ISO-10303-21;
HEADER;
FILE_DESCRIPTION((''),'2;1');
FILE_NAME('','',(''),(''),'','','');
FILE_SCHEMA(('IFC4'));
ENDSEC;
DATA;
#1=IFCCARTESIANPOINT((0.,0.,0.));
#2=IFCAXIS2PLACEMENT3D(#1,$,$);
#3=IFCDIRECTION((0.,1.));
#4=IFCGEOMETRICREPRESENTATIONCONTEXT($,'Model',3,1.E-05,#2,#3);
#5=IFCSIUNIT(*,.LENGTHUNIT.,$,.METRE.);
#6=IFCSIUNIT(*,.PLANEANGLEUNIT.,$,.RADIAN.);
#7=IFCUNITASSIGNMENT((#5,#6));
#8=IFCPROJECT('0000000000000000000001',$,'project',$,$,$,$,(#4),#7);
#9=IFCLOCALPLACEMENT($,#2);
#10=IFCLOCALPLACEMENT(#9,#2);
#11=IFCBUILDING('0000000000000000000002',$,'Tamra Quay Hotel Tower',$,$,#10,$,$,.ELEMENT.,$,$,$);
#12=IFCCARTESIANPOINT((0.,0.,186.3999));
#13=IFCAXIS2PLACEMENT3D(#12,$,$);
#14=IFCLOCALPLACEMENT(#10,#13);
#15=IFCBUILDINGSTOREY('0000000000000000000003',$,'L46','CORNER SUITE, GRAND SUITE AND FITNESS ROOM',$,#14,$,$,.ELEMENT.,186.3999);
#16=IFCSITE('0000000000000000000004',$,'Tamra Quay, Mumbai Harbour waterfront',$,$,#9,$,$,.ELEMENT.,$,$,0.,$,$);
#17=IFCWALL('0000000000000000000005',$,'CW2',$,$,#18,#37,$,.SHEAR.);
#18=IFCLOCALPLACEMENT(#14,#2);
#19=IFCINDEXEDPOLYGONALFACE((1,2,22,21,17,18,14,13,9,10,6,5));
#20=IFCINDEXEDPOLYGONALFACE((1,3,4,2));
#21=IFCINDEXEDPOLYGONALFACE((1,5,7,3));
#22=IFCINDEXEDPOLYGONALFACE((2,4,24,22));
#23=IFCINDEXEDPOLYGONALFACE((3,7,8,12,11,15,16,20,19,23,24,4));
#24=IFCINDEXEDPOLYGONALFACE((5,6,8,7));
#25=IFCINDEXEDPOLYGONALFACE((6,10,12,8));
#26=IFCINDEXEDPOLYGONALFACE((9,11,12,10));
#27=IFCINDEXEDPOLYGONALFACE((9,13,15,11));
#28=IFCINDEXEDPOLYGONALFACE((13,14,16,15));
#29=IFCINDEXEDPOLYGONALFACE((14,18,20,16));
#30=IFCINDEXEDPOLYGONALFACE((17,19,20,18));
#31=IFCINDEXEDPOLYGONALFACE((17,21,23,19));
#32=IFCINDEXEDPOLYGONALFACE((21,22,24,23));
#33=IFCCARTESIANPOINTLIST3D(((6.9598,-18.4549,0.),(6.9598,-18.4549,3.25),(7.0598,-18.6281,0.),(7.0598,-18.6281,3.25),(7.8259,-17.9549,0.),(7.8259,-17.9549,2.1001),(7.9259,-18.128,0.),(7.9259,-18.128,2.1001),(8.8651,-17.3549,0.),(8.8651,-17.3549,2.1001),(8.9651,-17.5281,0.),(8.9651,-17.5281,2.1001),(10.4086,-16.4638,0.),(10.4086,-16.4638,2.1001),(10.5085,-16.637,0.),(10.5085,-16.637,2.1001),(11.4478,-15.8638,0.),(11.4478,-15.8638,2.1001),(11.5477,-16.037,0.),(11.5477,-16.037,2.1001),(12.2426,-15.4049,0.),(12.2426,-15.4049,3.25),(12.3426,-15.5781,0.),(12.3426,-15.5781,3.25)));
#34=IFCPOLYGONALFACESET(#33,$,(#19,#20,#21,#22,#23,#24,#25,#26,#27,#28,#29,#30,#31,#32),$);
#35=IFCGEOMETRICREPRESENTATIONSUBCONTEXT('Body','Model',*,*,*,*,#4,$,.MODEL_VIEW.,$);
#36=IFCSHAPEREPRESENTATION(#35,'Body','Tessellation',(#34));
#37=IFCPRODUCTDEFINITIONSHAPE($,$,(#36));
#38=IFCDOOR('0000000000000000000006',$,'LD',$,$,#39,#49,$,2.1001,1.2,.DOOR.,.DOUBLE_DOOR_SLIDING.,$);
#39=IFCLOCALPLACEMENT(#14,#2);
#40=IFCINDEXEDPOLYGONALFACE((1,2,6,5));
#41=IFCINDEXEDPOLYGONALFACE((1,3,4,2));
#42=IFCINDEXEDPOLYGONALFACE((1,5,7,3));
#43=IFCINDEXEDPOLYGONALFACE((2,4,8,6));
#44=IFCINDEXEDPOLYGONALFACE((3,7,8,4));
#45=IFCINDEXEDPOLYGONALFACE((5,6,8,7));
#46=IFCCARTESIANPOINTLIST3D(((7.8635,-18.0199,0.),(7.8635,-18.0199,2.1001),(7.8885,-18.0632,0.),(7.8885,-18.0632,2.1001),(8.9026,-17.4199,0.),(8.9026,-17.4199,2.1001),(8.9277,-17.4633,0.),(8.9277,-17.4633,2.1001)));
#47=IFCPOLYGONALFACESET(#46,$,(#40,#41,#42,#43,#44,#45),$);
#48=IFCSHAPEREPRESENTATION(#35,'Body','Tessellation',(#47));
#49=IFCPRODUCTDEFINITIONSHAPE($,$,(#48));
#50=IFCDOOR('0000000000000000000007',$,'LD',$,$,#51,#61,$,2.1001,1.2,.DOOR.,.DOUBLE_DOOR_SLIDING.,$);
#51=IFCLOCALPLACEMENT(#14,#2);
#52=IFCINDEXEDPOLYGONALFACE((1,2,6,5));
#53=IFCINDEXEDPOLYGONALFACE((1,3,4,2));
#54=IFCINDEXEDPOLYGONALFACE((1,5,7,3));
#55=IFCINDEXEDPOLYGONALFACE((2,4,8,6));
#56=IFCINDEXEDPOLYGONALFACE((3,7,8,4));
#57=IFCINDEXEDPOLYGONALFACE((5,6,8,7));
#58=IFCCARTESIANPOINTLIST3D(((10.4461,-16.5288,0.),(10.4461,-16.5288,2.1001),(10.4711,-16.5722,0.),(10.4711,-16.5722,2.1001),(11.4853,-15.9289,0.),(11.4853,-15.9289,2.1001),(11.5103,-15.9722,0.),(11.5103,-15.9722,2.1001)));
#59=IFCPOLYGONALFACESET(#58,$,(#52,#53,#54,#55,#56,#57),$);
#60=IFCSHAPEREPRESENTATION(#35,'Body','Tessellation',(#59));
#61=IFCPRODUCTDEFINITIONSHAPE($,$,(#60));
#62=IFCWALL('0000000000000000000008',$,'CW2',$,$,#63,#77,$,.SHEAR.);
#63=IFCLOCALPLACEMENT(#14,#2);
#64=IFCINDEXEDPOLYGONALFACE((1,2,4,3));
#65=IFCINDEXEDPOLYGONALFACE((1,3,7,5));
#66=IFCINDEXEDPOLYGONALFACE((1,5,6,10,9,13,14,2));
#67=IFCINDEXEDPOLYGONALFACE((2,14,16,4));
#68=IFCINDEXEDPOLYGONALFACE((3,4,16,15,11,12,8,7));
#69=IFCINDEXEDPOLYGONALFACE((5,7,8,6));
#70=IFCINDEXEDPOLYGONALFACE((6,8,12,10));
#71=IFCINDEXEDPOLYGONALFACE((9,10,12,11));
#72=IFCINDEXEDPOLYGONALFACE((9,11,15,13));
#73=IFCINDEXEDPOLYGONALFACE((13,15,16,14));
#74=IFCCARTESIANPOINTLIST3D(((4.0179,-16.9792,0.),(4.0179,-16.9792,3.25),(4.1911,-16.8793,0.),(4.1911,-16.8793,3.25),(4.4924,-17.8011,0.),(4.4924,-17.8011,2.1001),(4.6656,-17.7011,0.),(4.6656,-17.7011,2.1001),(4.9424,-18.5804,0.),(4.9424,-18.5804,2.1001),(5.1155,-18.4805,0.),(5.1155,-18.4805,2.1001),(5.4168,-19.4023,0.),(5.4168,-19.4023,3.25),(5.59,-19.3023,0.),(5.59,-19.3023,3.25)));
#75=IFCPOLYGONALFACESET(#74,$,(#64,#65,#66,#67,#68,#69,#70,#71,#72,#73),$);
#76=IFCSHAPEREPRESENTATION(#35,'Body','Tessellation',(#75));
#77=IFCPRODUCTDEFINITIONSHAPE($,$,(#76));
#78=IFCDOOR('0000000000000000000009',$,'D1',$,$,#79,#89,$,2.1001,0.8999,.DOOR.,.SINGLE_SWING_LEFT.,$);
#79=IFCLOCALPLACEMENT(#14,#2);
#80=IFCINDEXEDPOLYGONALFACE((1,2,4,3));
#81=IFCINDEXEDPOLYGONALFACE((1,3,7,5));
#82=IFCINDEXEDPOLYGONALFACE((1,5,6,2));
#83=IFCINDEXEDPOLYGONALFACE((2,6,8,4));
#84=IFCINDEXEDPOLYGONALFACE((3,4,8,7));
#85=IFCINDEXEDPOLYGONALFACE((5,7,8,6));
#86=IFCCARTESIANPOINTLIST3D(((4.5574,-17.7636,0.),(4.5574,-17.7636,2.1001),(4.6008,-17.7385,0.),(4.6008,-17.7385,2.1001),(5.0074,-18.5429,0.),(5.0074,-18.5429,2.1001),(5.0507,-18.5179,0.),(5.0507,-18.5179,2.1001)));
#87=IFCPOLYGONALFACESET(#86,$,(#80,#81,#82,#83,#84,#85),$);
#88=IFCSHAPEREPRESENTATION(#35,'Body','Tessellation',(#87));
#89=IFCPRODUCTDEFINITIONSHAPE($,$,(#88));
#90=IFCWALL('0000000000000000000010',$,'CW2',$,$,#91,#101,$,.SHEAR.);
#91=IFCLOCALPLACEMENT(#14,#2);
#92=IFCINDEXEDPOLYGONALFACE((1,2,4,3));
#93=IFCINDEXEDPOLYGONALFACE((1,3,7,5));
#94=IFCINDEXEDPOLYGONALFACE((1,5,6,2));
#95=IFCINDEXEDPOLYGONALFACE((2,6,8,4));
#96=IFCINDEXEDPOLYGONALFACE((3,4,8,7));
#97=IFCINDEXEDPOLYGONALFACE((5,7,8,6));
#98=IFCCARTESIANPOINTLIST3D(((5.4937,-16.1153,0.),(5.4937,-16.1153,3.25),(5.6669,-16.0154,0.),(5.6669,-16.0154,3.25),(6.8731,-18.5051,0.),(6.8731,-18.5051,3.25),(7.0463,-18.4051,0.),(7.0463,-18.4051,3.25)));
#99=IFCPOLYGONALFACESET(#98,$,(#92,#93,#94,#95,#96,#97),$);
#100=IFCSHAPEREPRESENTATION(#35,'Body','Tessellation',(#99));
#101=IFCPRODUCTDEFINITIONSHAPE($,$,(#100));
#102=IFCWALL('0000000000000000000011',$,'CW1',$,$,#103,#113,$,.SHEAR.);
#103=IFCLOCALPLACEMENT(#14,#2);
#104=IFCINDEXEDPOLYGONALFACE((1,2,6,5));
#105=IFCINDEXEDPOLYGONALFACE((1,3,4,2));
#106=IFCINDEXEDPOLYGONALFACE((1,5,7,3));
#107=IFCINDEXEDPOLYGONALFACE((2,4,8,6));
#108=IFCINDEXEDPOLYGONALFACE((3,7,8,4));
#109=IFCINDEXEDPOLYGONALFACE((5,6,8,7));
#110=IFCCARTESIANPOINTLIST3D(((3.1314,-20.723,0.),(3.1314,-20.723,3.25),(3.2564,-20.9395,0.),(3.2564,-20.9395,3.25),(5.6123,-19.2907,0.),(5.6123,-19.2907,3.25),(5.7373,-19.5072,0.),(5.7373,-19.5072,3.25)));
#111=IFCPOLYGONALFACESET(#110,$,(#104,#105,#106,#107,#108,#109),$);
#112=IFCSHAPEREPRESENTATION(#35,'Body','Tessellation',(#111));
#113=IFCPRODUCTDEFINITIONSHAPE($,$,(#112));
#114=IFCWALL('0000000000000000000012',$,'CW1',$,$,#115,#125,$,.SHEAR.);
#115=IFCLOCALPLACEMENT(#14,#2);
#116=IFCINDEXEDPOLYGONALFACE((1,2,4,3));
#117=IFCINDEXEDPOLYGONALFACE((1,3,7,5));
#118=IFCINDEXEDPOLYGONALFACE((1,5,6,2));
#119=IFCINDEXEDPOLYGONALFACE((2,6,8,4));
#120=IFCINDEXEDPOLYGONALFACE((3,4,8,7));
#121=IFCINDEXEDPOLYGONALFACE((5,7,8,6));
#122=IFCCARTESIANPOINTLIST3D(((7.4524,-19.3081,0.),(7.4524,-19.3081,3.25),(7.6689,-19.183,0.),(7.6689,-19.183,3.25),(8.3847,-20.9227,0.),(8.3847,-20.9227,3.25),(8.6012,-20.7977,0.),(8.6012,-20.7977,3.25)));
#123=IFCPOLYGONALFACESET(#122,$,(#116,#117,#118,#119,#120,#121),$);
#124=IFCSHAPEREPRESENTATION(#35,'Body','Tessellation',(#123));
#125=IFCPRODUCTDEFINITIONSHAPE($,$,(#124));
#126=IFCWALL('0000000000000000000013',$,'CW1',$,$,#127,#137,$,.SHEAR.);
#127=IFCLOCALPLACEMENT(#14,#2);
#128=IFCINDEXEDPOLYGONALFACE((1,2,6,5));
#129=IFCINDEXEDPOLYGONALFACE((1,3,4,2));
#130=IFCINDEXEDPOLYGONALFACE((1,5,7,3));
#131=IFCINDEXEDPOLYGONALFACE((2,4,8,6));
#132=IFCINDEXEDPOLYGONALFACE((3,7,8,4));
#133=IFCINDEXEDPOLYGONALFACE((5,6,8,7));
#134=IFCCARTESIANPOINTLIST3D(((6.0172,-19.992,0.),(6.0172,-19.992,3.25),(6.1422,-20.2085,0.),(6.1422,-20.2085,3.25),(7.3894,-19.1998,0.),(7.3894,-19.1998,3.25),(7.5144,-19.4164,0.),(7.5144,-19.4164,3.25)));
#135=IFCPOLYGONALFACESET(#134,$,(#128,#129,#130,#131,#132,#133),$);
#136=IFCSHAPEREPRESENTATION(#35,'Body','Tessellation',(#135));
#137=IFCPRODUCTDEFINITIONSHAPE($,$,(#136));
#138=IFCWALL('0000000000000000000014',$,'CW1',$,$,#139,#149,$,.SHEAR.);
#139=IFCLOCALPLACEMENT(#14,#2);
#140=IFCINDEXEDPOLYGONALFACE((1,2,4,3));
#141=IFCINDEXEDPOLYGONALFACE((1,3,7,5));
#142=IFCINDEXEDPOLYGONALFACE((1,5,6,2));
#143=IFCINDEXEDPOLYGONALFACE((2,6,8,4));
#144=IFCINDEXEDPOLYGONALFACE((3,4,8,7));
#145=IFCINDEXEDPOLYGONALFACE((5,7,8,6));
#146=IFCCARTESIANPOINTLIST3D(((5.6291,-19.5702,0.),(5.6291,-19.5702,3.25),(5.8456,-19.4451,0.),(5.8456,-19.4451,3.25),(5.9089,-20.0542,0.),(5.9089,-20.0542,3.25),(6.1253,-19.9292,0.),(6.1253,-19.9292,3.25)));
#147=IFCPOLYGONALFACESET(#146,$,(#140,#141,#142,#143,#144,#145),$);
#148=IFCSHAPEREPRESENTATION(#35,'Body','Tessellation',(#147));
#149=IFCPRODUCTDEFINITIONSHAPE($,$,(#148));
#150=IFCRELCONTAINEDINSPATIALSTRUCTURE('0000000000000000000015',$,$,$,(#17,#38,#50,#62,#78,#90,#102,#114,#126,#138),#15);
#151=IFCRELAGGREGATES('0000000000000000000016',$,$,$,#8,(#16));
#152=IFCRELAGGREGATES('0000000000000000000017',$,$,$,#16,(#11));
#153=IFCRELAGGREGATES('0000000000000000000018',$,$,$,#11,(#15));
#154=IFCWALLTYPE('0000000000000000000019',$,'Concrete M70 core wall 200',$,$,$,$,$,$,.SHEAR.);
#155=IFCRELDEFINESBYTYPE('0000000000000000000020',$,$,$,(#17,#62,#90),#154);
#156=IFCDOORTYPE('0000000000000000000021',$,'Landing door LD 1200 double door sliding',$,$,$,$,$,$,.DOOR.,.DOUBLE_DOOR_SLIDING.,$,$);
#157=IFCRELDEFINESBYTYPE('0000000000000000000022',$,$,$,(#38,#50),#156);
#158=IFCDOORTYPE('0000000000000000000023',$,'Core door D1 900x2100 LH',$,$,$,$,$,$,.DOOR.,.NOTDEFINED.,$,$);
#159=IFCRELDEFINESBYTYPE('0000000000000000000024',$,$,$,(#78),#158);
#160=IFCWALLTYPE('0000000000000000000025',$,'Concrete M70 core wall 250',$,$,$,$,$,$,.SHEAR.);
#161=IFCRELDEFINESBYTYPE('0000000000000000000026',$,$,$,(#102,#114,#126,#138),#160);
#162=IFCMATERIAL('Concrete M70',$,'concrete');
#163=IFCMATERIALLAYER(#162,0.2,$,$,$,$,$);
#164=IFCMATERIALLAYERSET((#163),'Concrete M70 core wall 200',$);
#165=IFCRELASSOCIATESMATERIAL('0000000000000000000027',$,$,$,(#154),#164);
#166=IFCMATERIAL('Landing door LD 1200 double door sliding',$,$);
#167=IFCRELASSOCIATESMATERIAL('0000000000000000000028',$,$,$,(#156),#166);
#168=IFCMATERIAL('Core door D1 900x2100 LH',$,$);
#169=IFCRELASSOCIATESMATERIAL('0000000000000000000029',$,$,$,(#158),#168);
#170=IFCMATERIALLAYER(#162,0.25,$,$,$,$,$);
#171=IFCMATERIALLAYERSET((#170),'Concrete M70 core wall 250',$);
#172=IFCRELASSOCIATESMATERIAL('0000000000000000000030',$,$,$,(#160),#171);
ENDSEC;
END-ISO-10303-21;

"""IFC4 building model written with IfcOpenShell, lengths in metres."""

from ifc_helpers import new_model, si_unit, direction, frame, frame_2d, origin, place, context, subcontext, project, spatial, rectangle, extrude, material, layer, layer_set, type_object, element, fill, save


model = new_model("IFC4")

# Units and contexts
model_context = context("Model", 3, precision=1e-05, world=origin(), true_north=direction((0.0, 1.0)))
body_context = subcontext(model_context, "Body", "Model", "MODEL_VIEW")
ifc_project = project(units=[si_unit("LENGTHUNIT", "METRE"), si_unit("PLANEANGLEUNIT", "RADIAN")], contexts=[model_context])

# Site, building, storey
site_placement = place(None, origin())
site = spatial("IfcSite", under=ifc_project, at=site_placement, Name="Tamra Quay, Mumbai Harbour waterfront", CompositionType="ELEMENT", RefElevation=0.0)
building_placement = place(site_placement, origin())
building = spatial("IfcBuilding", under=site, at=building_placement, Name="Tamra Quay Hotel Tower", CompositionType="ELEMENT")
storey_placement = place(building_placement, frame((0.0, 0.0, 186.3999)))
storey = spatial("IfcBuildingStorey", under=building, at=storey_placement, Name="L46", Description="CORNER SUITE, GRAND SUITE AND FITNESS ROOM", CompositionType="ELEMENT", Elevation=186.3999)

# Shared definitions
ifc_material_1 = material(Name="Concrete M70", Category="concrete")

# Wall, openings, doors
ifc_layer_1 = layer(ifc_material_1, 0.2)
ifc_layer_set_1 = layer_set([ifc_layer_1], Name="Concrete M70 core wall 200")
wall_type_1 = type_object("IfcWallType", Name="Concrete M70 core wall 200", PredefinedType="SHEAR", material=ifc_layer_set_1)
wall_1_placement = place(storey_placement, frame((7.0098, -18.5415, 0.0), z_axis=(0.0, 0.0, 1.0), x_axis=(0.86603, 0.499992, 0.0)))
wall_1 = element("IfcWall", 1, at=wall_1_placement, inside=storey, type_object=wall_type_1, Name="CW2", PredefinedType="SHEAR", context=body_context, shape_type="SweptSolid", body=[
    extrude(rectangle(XDim=6.1001, YDim=0.2, at=frame_2d((3.05, 0.0))), origin(), (0.0, 0.0, 1.0), 3.25),
])
opening_1_placement = place(wall_1_placement, frame((1.0, 0.0, 0.0)))
opening_1 = element("IfcOpeningElement", 2, at=opening_1_placement, cuts=wall_1, PredefinedType="OPENING", context=body_context, shape_type="SweptSolid", body=[
    extrude(rectangle(XDim=1.2, YDim=2.1001, at=frame_2d((0.6001, 1.05))), frame((0.0, 0.1099, 0.0), z_axis=(0.0, -1.0, 0.0), x_axis=(1.0, 0.0, 0.0)), (0.0, 0.0, 1.0), 0.22),
])
opening_2_placement = place(wall_1_placement, frame((3.9822, 0.0, 0.0)))
opening_2 = element("IfcOpeningElement", 3, at=opening_2_placement, cuts=wall_1, PredefinedType="OPENING", context=body_context, shape_type="SweptSolid", body=[
    extrude(rectangle(XDim=1.2, YDim=2.1001, at=frame_2d((0.6001, 1.05))), frame((0.0, 0.1099, 0.0), z_axis=(0.0, -1.0, 0.0), x_axis=(1.0, 0.0, 0.0)), (0.0, 0.0, 1.0), 0.22),
])
ifc_material_2 = material(Name="Landing door LD 1200 double door sliding")
door_type_1 = type_object("IfcDoorType", Name="Landing door LD 1200 double door sliding", OperationType="DOUBLE_DOOR_SLIDING", PredefinedType="DOOR", material=ifc_material_2)
door_1_placement = place(opening_1_placement, origin())
door_1 = element("IfcDoor", 4, at=door_1_placement, inside=storey, type_object=door_type_1, Name="LD", OperationType="DOUBLE_DOOR_SLIDING", OverallHeight=2.1001, OverallWidth=1.2, PredefinedType="DOOR", context=body_context, shape_type="SweptSolid", body=[
    extrude(rectangle(XDim=1.2, YDim=2.1001, at=frame_2d((0.6001, 1.05))), frame((0.0, 0.0249, 0.0), z_axis=(0.0, -1.0, 0.0), x_axis=(1.0, 0.0, 0.0)), (0.0, 0.0, 1.0), 0.05),
])
fill(opening_1, door_1)
door_2_placement = place(opening_2_placement, origin())
door_2 = element("IfcDoor", 5, at=door_2_placement, inside=storey, type_object=door_type_1, Name="LD", OperationType="DOUBLE_DOOR_SLIDING", OverallHeight=2.1001, OverallWidth=1.2, PredefinedType="DOOR", context=body_context, shape_type="SweptSolid", body=[
    extrude(rectangle(XDim=1.2, YDim=2.1001, at=frame_2d((0.6001, 1.05))), frame((0.0, 0.0249, 0.0), z_axis=(0.0, -1.0, 0.0), x_axis=(1.0, 0.0, 0.0)), (0.0, 0.0, 1.0), 0.05),
])
fill(opening_2, door_2)

# Wall, opening, door
wall_2_placement = place(storey_placement, frame((5.5034, -19.3523, 0.0), z_axis=(0.0, 0.0, 1.0), x_axis=(-0.499987, 0.866033, 0.0)))
wall_2 = element("IfcWall", 6, at=wall_2_placement, inside=storey, type_object=wall_type_1, Name="CW2", PredefinedType="SHEAR", context=body_context, shape_type="SweptSolid", body=[
    extrude(rectangle(XDim=2.7979, YDim=0.2, at=frame_2d((1.3989, 0.0))), origin(), (0.0, 0.0, 1.0), 3.25),
])
opening_3_placement = place(wall_2_placement, frame((0.949, 0.0, 0.0)))
opening_3 = element("IfcOpeningElement", 7, at=opening_3_placement, cuts=wall_2, PredefinedType="OPENING", context=body_context, shape_type="SweptSolid", body=[
    extrude(rectangle(XDim=0.8999, YDim=2.1001, at=frame_2d((0.45, 1.05))), frame((0.0, 0.1099, 0.0), z_axis=(0.0, -1.0, 0.0), x_axis=(1.0, 0.0, 0.0)), (0.0, 0.0, 1.0), 0.22),
])
ifc_material_3 = material(Name="Core door D1 900x2100 LH")
door_type_2 = type_object("IfcDoorType", Name="Core door D1 900x2100 LH", OperationType="NOTDEFINED", PredefinedType="DOOR", material=ifc_material_3)
door_3_placement = place(opening_3_placement, origin())
door_3 = element("IfcDoor", 8, at=door_3_placement, inside=storey, type_object=door_type_2, Name="D1", OperationType="SINGLE_SWING_LEFT", OverallHeight=2.1001, OverallWidth=0.8999, PredefinedType="DOOR", context=body_context, shape_type="SweptSolid", body=[
    extrude(rectangle(XDim=0.8999, YDim=2.1001, at=frame_2d((0.45, 1.05))), frame((0.0, 0.0249, 0.0), z_axis=(0.0, -1.0, 0.0), x_axis=(1.0, 0.0, 0.0)), (0.0, 0.0, 1.0), 0.05),
])
fill(opening_3, door_3)

# Walls
wall_3_placement = place(storey_placement, frame((6.9597, -18.4551, 0.0), z_axis=(0.0, 0.0, 1.0), x_axis=(-0.499927, 0.866068, 0.0)))
element("IfcWall", 9, at=wall_3_placement, inside=storey, type_object=wall_type_1, Name="CW2", PredefinedType="SHEAR", context=body_context, shape_type="SweptSolid", body=[
    extrude(rectangle(XDim=2.7593, YDim=0.2, at=frame_2d((1.3796, 0.0))), origin(), (0.0, 0.0, 1.0), 3.25),
])
ifc_layer_2 = layer(ifc_material_1, 0.25)
ifc_layer_set_2 = layer_set([ifc_layer_2], Name="Concrete M70 core wall 250")
wall_type_2 = type_object("IfcWallType", Name="Concrete M70 core wall 250", PredefinedType="SHEAR", material=ifc_layer_set_2)
wall_4_placement = place(storey_placement, frame((5.6748, -19.3989, 0.0), z_axis=(0.0, 0.0, 1.0), x_axis=(-0.866027, -0.499998, 0.0)))
element("IfcWall", 10, at=wall_4_placement, inside=storey, type_object=wall_type_2, Name="CW1", PredefinedType="SHEAR", context=body_context, shape_type="SweptSolid", body=[
    extrude(rectangle(XDim=2.8647, YDim=0.25, at=frame_2d((1.4324, 0.0))), origin(), (0.0, 0.0, 1.0), 3.25),
])
wall_5_placement = place(storey_placement, frame((8.4929, -20.8601, 0.0), z_axis=(0.0, 0.0, 1.0), x_axis=(-0.50004, 0.866002, 0.0)))
element("IfcWall", 11, at=wall_5_placement, inside=storey, type_object=wall_type_2, Name="CW1", PredefinedType="SHEAR", context=body_context, shape_type="SweptSolid", body=[
    extrude(rectangle(XDim=1.8645, YDim=0.25, at=frame_2d((0.9321, 0.0))), origin(), (0.0, 0.0, 1.0), 3.25),
])
wall_6_placement = place(storey_placement, frame((7.4519, -19.3081, 0.0), z_axis=(0.0, 0.0, 1.0), x_axis=(-0.866044, -0.499967, 0.0)))
element("IfcWall", 12, at=wall_6_placement, inside=storey, type_object=wall_type_2, Name="CW1", PredefinedType="SHEAR", context=body_context, shape_type="SweptSolid", body=[
    extrude(rectangle(XDim=1.5845, YDim=0.25, at=frame_2d((0.7922, 0.0))), origin(), (0.0, 0.0, 1.0), 3.25),
])
wall_7_placement = place(storey_placement, frame((6.0171, -19.9917, 0.0), z_axis=(0.0, 0.0, 1.0), x_axis=(-0.500365, 0.865815, 0.0)))
element("IfcWall", 13, at=wall_7_placement, inside=storey, type_object=wall_type_2, Name="CW1", PredefinedType="SHEAR", context=body_context, shape_type="SweptSolid", body=[
    extrude(rectangle(XDim=0.5591, YDim=0.25, at=frame_2d((0.2795, 0.0))), origin(), (0.0, 0.0, 1.0), 3.25),
])

save(model, "model.ifc")
